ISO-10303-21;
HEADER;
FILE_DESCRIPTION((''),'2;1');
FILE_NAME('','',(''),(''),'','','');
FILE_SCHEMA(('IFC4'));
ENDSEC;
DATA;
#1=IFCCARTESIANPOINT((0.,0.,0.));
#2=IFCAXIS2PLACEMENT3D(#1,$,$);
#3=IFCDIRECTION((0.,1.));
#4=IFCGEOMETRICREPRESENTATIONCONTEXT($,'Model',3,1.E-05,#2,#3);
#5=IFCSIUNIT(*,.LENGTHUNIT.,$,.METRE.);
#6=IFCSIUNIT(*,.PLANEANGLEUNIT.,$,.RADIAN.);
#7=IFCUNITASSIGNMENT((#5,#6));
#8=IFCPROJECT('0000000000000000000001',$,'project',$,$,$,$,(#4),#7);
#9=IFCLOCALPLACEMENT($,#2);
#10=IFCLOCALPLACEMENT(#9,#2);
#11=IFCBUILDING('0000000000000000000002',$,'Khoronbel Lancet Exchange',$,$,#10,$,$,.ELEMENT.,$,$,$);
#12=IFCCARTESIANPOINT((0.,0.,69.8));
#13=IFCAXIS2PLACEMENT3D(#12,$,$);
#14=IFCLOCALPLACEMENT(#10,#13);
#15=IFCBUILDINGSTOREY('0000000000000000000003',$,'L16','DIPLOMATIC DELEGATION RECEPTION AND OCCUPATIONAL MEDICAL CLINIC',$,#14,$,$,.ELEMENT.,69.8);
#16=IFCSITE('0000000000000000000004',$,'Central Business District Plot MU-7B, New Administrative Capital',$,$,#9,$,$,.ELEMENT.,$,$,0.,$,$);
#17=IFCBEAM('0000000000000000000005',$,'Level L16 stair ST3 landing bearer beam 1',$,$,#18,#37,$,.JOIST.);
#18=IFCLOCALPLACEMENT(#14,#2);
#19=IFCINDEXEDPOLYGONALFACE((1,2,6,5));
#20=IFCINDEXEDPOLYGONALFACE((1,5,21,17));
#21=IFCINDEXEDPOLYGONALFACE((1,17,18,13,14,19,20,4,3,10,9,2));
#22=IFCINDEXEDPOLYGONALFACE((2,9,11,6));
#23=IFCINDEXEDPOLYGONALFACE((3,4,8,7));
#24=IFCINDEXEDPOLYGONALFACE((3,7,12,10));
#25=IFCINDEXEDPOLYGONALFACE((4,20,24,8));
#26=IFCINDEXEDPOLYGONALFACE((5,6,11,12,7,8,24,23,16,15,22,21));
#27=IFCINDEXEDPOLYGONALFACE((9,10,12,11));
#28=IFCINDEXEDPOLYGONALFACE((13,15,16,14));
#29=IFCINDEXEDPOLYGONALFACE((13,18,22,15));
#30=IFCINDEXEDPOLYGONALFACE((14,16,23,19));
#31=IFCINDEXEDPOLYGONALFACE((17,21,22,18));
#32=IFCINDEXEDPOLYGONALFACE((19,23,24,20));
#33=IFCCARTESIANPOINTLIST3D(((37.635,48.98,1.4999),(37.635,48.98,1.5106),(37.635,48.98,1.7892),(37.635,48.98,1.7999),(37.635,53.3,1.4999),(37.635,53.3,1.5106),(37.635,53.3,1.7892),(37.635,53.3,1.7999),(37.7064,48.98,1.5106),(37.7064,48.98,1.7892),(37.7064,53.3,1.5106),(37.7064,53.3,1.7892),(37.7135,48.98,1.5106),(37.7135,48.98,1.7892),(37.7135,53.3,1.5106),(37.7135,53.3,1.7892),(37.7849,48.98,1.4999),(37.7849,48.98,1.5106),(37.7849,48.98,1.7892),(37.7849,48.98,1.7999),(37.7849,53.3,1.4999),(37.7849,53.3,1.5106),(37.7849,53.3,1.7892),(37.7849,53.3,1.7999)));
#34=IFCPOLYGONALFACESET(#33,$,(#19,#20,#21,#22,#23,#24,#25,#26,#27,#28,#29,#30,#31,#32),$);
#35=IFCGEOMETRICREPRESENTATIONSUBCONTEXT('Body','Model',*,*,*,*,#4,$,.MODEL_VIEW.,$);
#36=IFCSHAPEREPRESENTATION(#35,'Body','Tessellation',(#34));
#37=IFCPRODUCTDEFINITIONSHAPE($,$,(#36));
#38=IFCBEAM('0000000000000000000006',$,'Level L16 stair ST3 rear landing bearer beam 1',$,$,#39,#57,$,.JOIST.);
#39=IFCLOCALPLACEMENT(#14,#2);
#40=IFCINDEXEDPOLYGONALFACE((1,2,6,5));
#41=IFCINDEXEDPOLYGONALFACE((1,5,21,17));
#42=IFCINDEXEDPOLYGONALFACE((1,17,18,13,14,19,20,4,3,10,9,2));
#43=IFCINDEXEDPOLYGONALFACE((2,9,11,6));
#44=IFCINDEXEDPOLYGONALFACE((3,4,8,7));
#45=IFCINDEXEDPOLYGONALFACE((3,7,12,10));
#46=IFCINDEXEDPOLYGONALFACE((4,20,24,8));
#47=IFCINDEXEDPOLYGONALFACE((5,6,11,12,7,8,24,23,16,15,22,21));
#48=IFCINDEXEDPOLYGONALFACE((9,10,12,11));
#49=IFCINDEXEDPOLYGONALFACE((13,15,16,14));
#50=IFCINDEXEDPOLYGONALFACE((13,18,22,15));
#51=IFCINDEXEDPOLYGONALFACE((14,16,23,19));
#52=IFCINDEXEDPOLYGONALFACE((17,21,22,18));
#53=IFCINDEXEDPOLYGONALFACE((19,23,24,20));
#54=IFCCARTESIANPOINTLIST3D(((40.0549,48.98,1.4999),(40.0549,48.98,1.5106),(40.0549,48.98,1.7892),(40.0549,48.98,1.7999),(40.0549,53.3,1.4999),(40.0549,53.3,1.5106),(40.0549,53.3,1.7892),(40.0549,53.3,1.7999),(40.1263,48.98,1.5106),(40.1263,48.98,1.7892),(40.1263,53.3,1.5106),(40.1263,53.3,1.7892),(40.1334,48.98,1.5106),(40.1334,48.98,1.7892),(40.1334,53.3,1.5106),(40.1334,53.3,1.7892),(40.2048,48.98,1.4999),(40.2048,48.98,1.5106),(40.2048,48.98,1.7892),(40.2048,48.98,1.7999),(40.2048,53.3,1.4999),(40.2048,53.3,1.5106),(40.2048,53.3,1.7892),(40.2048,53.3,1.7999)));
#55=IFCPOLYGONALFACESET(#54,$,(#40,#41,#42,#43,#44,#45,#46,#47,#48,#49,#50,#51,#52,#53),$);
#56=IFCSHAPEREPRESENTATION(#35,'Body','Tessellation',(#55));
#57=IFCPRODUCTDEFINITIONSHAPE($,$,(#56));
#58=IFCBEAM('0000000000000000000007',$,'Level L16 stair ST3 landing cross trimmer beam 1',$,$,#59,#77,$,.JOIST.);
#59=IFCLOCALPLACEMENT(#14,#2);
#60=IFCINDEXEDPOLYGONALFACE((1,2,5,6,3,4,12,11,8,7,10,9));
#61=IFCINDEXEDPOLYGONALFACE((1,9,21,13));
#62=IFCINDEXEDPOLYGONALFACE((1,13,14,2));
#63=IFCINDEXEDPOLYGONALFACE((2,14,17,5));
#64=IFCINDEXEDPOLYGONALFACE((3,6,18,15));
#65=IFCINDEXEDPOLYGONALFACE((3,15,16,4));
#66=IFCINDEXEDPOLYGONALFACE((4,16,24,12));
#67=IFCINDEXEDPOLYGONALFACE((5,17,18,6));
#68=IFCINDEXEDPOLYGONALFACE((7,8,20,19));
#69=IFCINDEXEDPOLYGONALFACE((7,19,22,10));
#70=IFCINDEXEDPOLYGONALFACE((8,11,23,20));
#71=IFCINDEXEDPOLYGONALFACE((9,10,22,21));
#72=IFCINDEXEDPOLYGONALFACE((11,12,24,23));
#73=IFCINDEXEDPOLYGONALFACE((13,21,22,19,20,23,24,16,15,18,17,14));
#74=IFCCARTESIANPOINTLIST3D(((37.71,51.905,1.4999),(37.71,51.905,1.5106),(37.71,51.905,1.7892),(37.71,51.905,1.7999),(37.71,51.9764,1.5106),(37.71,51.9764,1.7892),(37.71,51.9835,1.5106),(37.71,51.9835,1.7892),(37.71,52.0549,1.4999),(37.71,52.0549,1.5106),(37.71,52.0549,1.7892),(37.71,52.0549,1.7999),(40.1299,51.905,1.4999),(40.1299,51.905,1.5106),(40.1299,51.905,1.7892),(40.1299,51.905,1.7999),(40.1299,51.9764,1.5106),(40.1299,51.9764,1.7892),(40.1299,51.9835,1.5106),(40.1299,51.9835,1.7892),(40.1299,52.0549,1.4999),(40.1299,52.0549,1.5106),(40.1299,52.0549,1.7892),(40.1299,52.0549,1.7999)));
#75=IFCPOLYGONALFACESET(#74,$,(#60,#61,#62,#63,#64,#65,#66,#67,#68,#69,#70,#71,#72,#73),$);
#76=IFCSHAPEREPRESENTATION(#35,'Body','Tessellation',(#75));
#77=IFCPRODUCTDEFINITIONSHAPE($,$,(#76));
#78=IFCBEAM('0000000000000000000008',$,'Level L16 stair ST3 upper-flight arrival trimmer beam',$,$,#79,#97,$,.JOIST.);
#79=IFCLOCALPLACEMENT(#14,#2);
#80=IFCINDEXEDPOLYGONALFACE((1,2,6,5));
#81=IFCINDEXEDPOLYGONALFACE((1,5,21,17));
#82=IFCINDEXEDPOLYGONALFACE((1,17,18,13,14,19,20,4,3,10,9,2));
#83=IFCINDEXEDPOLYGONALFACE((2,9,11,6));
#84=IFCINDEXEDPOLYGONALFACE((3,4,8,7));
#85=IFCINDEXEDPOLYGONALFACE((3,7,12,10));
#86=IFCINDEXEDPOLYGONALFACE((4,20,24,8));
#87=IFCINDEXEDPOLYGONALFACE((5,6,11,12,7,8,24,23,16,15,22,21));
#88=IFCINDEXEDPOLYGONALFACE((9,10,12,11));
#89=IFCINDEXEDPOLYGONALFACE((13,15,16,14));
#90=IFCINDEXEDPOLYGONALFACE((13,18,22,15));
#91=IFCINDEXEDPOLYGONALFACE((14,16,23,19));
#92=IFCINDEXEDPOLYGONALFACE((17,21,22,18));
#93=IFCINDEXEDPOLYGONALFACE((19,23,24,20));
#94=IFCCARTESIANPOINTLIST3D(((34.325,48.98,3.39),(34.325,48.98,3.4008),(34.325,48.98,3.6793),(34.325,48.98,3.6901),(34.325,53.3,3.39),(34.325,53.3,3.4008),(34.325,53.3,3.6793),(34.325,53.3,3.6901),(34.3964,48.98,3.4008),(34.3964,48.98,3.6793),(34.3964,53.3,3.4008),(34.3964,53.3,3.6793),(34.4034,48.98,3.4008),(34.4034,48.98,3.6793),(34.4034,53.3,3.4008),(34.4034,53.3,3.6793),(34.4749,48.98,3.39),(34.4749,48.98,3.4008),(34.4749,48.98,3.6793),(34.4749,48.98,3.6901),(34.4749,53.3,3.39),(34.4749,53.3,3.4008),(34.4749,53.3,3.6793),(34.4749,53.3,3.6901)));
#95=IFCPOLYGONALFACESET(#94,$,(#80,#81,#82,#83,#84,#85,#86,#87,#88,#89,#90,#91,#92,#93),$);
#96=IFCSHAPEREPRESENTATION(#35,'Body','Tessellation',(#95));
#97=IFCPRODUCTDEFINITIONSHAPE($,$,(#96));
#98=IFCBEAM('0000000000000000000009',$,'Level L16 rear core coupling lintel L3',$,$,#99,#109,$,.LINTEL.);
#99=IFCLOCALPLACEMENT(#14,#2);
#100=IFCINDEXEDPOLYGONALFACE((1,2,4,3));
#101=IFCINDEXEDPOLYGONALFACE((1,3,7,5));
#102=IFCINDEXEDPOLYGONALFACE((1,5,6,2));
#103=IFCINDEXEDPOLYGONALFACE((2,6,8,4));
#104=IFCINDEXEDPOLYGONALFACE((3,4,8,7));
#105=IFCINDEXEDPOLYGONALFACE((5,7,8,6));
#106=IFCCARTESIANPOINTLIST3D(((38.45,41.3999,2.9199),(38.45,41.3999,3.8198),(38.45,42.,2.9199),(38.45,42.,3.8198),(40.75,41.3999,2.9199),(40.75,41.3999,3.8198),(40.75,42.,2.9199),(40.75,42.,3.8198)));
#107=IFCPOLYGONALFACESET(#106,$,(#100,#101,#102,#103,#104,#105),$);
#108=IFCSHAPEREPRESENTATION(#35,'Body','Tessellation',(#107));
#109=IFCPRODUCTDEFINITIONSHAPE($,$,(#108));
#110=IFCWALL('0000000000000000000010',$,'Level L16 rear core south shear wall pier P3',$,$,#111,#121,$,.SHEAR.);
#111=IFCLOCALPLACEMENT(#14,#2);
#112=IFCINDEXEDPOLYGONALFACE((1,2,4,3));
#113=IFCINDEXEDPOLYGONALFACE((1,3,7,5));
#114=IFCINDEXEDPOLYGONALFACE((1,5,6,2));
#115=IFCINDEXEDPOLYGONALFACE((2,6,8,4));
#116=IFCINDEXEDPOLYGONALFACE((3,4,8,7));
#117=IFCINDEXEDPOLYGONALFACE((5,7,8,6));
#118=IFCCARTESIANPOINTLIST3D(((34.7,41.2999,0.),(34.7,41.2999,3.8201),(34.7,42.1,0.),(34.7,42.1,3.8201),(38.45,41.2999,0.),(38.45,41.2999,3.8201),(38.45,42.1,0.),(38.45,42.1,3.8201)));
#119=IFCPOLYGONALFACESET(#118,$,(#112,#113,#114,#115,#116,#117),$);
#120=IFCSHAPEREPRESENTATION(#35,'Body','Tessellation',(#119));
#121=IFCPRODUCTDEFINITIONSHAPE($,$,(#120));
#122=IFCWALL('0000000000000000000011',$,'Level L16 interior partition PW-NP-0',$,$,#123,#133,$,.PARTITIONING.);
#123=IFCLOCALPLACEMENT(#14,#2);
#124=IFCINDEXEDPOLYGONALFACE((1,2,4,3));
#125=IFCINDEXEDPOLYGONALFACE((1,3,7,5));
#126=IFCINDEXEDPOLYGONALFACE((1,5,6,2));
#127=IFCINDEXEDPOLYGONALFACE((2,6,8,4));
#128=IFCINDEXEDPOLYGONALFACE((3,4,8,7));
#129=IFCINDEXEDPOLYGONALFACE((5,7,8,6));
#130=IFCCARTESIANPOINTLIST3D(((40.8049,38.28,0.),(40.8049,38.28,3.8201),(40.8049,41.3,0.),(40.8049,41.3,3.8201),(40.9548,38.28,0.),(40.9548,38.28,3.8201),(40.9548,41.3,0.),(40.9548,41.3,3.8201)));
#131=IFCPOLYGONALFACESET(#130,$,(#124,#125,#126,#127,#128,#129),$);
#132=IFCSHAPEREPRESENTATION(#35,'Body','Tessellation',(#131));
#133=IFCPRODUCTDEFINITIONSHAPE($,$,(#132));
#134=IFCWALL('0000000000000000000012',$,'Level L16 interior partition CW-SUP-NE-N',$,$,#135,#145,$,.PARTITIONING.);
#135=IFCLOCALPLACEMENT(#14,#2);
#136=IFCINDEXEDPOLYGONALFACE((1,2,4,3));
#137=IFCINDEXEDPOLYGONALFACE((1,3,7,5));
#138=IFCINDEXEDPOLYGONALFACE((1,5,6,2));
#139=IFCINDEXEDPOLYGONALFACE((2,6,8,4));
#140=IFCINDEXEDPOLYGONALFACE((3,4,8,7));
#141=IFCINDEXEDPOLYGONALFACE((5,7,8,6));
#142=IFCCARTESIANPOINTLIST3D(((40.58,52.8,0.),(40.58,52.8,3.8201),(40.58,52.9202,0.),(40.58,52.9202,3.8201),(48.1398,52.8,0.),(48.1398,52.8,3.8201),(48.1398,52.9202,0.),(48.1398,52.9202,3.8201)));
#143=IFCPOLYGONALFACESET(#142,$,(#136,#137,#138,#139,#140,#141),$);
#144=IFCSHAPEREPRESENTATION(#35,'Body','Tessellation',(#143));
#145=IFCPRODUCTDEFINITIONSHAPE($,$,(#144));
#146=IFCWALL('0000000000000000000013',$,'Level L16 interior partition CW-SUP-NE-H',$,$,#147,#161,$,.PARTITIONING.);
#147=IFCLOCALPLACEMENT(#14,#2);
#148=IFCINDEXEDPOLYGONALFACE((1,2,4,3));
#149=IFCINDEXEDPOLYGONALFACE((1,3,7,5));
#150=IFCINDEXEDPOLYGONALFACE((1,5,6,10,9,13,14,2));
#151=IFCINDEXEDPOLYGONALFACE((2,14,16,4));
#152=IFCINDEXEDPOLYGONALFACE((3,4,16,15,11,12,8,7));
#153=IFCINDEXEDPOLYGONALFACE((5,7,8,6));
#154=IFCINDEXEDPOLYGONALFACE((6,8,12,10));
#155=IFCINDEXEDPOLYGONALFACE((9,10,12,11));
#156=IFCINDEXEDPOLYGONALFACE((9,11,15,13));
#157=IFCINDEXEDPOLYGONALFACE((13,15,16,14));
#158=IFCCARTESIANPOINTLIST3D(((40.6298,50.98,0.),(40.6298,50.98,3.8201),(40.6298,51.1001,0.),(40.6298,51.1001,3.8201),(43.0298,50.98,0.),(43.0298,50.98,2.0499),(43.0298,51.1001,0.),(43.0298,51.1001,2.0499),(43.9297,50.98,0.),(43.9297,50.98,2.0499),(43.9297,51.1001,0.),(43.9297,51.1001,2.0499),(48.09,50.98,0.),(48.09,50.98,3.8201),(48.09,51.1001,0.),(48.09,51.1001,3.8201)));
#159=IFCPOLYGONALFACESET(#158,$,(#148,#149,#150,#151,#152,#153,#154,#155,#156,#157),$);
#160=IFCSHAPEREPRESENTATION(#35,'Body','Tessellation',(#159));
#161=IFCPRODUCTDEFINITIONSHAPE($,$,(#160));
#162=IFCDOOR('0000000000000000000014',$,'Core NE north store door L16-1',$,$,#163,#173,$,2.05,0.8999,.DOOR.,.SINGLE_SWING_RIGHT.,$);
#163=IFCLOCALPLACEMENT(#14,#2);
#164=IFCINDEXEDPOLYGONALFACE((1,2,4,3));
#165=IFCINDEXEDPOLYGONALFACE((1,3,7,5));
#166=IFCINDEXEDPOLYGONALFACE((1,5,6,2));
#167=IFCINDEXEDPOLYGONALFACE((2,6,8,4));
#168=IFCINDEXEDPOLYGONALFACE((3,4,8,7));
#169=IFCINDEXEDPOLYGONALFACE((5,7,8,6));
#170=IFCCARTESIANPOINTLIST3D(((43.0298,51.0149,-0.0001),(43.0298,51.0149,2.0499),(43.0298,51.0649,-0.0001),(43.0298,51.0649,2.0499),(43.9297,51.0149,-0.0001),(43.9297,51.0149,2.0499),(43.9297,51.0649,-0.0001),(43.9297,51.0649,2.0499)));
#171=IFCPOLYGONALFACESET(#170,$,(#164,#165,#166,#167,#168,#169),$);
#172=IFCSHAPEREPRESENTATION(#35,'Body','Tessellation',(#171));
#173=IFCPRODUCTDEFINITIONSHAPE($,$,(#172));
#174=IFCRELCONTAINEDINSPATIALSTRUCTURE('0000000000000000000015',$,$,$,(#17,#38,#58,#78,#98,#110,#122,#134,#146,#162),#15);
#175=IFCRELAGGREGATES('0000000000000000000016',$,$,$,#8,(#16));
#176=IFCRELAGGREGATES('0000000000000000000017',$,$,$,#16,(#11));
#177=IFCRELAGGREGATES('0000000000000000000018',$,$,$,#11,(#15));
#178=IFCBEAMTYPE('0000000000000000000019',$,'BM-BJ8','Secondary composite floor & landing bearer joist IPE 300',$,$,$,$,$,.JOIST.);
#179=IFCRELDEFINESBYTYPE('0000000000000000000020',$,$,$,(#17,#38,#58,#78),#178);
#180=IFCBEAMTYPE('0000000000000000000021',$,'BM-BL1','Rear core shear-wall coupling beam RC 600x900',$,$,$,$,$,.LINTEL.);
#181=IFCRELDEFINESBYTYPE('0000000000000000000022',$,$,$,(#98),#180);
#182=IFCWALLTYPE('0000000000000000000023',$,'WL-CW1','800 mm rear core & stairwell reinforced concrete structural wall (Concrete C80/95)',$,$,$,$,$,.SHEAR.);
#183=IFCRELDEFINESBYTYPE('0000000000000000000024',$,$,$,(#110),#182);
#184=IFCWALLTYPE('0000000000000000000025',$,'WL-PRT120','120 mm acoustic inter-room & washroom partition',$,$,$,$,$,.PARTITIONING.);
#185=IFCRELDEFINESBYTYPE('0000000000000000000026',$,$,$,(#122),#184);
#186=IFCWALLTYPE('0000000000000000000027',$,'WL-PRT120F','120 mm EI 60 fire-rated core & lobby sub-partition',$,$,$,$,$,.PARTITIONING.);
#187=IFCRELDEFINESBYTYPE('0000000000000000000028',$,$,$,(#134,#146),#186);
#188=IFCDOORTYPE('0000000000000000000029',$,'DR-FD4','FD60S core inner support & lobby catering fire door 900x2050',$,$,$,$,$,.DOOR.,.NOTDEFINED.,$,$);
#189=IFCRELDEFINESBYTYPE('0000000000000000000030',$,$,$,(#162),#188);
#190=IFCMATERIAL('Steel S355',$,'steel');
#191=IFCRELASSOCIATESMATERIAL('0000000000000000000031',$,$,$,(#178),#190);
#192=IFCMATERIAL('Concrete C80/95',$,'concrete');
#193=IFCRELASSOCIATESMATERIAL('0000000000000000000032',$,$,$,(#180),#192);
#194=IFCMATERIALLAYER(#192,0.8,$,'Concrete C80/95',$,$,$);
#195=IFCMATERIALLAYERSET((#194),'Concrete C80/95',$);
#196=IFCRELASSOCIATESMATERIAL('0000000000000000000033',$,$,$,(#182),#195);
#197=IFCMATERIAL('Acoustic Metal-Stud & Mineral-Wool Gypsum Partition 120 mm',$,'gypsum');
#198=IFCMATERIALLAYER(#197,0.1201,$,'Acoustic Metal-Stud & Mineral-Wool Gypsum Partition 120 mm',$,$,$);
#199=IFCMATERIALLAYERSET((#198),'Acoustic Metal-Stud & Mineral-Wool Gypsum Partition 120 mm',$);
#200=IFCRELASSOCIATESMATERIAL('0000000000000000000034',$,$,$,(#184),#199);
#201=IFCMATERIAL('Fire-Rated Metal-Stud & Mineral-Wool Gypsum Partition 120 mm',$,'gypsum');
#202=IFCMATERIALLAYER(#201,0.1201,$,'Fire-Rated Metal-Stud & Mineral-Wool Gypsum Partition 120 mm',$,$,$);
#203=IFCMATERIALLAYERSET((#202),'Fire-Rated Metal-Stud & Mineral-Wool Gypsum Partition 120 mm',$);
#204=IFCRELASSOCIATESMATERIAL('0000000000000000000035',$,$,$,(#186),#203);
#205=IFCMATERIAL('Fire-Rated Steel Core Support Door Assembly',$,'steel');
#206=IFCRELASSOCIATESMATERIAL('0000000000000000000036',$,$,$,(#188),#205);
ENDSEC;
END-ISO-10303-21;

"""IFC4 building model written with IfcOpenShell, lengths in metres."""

from ifc_helpers import new_model, si_unit, direction, frame, frame_2d, origin, origin_2d, place, context, subcontext, project, spatial, rectangle, i_section, extrude, material, layer, layer_set, material_profile, profile_set, type_object, element, fill, save


model = new_model("IFC4")

# Units and contexts
model_context = context("Model", 3, precision=1e-05, world=origin(), true_north=direction((0.0, 1.0)))
body_context = subcontext(model_context, "Body", "Model", "MODEL_VIEW")
ifc_project = project(units=[si_unit("LENGTHUNIT", "METRE"), si_unit("PLANEANGLEUNIT", "RADIAN")], contexts=[model_context])

# Site, building, storey
site_placement = place(None, origin())
site = spatial("IfcSite", under=ifc_project, at=site_placement, Name="Central Business District Plot MU-7B, New Administrative Capital", CompositionType="ELEMENT", RefElevation=0.0)
building_placement = place(site_placement, origin())
building = spatial("IfcBuilding", under=site, at=building_placement, Name="Khoronbel Lancet Exchange", CompositionType="ELEMENT")
storey_placement = place(building_placement, frame((0.0, 0.0, 69.8)))
storey = spatial("IfcBuildingStorey", under=building, at=storey_placement, Name="L16", Description="DIPLOMATIC DELEGATION RECEPTION AND OCCUPATIONAL MEDICAL CLINIC", CompositionType="ELEMENT", Elevation=69.8)

# Beams
ifc_material_1 = material(Name="Steel S355", Category="steel")
ifc_material_profile_1 = material_profile(ifc_material_1, i_section(OverallWidth=0.1499, OverallDepth=0.3, WebThickness=0.0071, FlangeThickness=0.0107, at=origin_2d()), Name="IPE 300")
ifc_profile_set_1 = profile_set([ifc_material_profile_1], Name="Steel S355")
beam_type_1 = type_object("IfcBeamType", Name="BM-BJ8", Description="Secondary composite floor & landing bearer joist IPE 300", PredefinedType="JOIST", material=ifc_profile_set_1)
for number, where, z_axis, x_axis, name in (
    (1, (37.71, 48.98, 1.6499), (0.0, 1.0, 0.0), (-1.0, 0.0, 0.0), "Level L16 stair ST3 landing bearer beam 1"),
    (2, (40.1299, 48.98, 1.6499), (0.0, 1.0, 0.0), (-1.0, 0.0, 0.0), "Level L16 stair ST3 rear landing bearer beam 1"),
):
    element("IfcBeam", number, at=place(storey_placement, frame(where, z_axis=z_axis, x_axis=x_axis)), inside=storey, type_object=beam_type_1, Name=name, PredefinedType="JOIST", context=body_context, shape_type="SweptSolid", body=[
        extrude(i_section(OverallWidth=0.1499, OverallDepth=0.3, WebThickness=0.0071, FlangeThickness=0.0107, at=origin_2d()), origin(), (0.0, 0.0, 1.0), 4.3201),
    ])
beam_1_placement = place(storey_placement, frame((37.71, 51.98, 1.6499), z_axis=(1.0, 0.0, 0.0), x_axis=(0.0, 1.0, 0.0)))
element("IfcBeam", 3, at=beam_1_placement, inside=storey, type_object=beam_type_1, Name="Level L16 stair ST3 landing cross trimmer beam 1", PredefinedType="JOIST", context=body_context, shape_type="SweptSolid", body=[
    extrude(i_section(OverallWidth=0.1499, OverallDepth=0.3, WebThickness=0.0071, FlangeThickness=0.0107, at=origin_2d()), origin(), (0.0, 0.0, 1.0), 2.4199),
])
beam_2_placement = place(storey_placement, frame((34.3999, 48.98, 3.54), z_axis=(0.0, 1.0, 0.0), x_axis=(-1.0, 0.0, 0.0)))
element("IfcBeam", 4, at=beam_2_placement, inside=storey, type_object=beam_type_1, Name="Level L16 stair ST3 upper-flight arrival trimmer beam", PredefinedType="JOIST", context=body_context, shape_type="SweptSolid", body=[
    extrude(i_section(OverallWidth=0.1499, OverallDepth=0.3, WebThickness=0.0071, FlangeThickness=0.0107, at=origin_2d()), origin(), (0.0, 0.0, 1.0), 4.3201),
])
ifc_material_2 = material(Name="Concrete C80/95", Category="concrete")
ifc_material_profile_2 = material_profile(ifc_material_2, rectangle(XDim=0.6001, YDim=0.8999, at=origin_2d()), Name="RC 600x900")
ifc_profile_set_2 = profile_set([ifc_material_profile_2], Name="Concrete C80/95")
beam_type_2 = type_object("IfcBeamType", Name="BM-BL1", Description="Rear core shear-wall coupling beam RC 600x900", PredefinedType="LINTEL", material=ifc_profile_set_2)
beam_3_placement = place(storey_placement, frame((38.45, 41.7, 3.3699), z_axis=(1.0, 0.0, 0.0), x_axis=(0.0, 1.0, 0.0)))
element("IfcBeam", 5, at=beam_3_placement, inside=storey, type_object=beam_type_2, Name="Level L16 rear core coupling lintel L3", PredefinedType="LINTEL", context=body_context, shape_type="SweptSolid", body=[
    extrude(rectangle(XDim=0.6001, YDim=0.8999, at=origin_2d()), origin(), (0.0, 0.0, 1.0), 2.3),
])

# Walls
ifc_layer_1 = layer(ifc_material_2, 0.8, Name="Concrete C80/95")
ifc_layer_set_1 = layer_set([ifc_layer_1], Name="Concrete C80/95")
wall_type_1 = type_object("IfcWallType", Name="WL-CW1", Description="800 mm rear core & stairwell reinforced concrete structural wall (Concrete C80/95)", PredefinedType="SHEAR", material=ifc_layer_set_1)
wall_1_placement = place(storey_placement, frame((38.45, 41.7, 0.0), z_axis=(0.0, 0.0, 1.0), x_axis=(-1.0, 0.0, 0.0)))
element("IfcWall", 6, at=wall_1_placement, inside=storey, type_object=wall_type_1, Name="Level L16 rear core south shear wall pier P3", PredefinedType="SHEAR", context=body_context, shape_type="SweptSolid", body=[
    extrude(rectangle(XDim=3.75, YDim=0.8, at=frame_2d((1.875, 0.0))), origin(), (0.0, 0.0, 1.0), 3.8201),
])
ifc_material_3 = material(Name="Acoustic Metal-Stud & Mineral-Wool Gypsum Partition 120 mm", Category="gypsum")
ifc_layer_2 = layer(ifc_material_3, 0.1201, Name="Acoustic Metal-Stud & Mineral-Wool Gypsum Partition 120 mm")
ifc_layer_set_2 = layer_set([ifc_layer_2], Name="Acoustic Metal-Stud & Mineral-Wool Gypsum Partition 120 mm")
wall_type_2 = type_object("IfcWallType", Name="WL-PRT120", Description="120 mm acoustic inter-room & washroom partition", PredefinedType="PARTITIONING", material=ifc_layer_set_2)
wall_2_placement = place(storey_placement, frame((40.8799, 38.28, 0.0), z_axis=(0.0, 0.0, 1.0), x_axis=(0.0, 1.0, 0.0)))
element("IfcWall", 7, at=wall_2_placement, inside=storey, type_object=wall_type_2, Name="Level L16 interior partition PW-NP-0", PredefinedType="PARTITIONING", context=body_context, shape_type="SweptSolid", body=[
    extrude(rectangle(XDim=3.02, YDim=0.1499, at=frame_2d((1.51, 0.0))), origin(), (0.0, 0.0, 1.0), 3.8201),
])
ifc_material_4 = material(Name="Fire-Rated Metal-Stud & Mineral-Wool Gypsum Partition 120 mm", Category="gypsum")
ifc_layer_3 = layer(ifc_material_4, 0.1201, Name="Fire-Rated Metal-Stud & Mineral-Wool Gypsum Partition 120 mm")
ifc_layer_set_3 = layer_set([ifc_layer_3], Name="Fire-Rated Metal-Stud & Mineral-Wool Gypsum Partition 120 mm")
wall_type_3 = type_object("IfcWallType", Name="WL-PRT120F", Description="120 mm EI 60 fire-rated core & lobby sub-partition", PredefinedType="PARTITIONING", material=ifc_layer_set_3)
wall_3_placement = place(storey_placement, frame((40.5801, 52.8601, 0.0), z_axis=(0.0, 0.0, 1.0), x_axis=(1.0, 0.0, 0.0)))
element("IfcWall", 8, at=wall_3_placement, inside=storey, type_object=wall_type_3, Name="Level L16 interior partition CW-SUP-NE-N", PredefinedType="PARTITIONING", context=body_context, shape_type="SweptSolid", body=[
    extrude(rectangle(XDim=7.5598, YDim=0.1201, at=frame_2d((3.7798, 0.0))), origin(), (0.0, 0.0, 1.0), 3.8201),
])

# Wall, opening, door
wall_4_placement = place(storey_placement, frame((40.6299, 51.04, 0.0), z_axis=(0.0, 0.0, 1.0), x_axis=(1.0, 0.0, 0.0)))
wall_4 = element("IfcWall", 9, at=wall_4_placement, inside=storey, type_object=wall_type_3, Name="Level L16 interior partition CW-SUP-NE-H", PredefinedType="PARTITIONING", context=body_context, shape_type="SweptSolid", body=[
    extrude(rectangle(XDim=7.4602, YDim=0.1201, at=frame_2d((3.73, 0.0))), origin(), (0.0, 0.0, 1.0), 3.8201),
])
opening_1_placement = place(wall_4_placement, frame((2.3999, 0.0, 0.0)))
opening_1 = element("IfcOpeningElement", 10, at=opening_1_placement, cuts=wall_4, PredefinedType="OPENING", context=body_context, shape_type="SweptSolid", body=[
    extrude(rectangle(XDim=0.8999, YDim=2.05, at=frame_2d((0.45, 1.0249))), frame((0.0, 0.0701, 0.0), z_axis=(0.0, -1.0, 0.0), x_axis=(1.0, 0.0, 0.0)), (0.0, 0.0, 1.0), 0.1401),
])
ifc_material_5 = material(Name="Fire-Rated Steel Core Support Door Assembly", Category="steel")
door_type_1 = type_object("IfcDoorType", Name="DR-FD4", Description="FD60S core inner support & lobby catering fire door 900x2050", OperationType="NOTDEFINED", PredefinedType="DOOR", material=ifc_material_5)
door_1_placement = place(opening_1_placement, origin())
door_1 = element("IfcDoor", 11, at=door_1_placement, inside=storey, type_object=door_type_1, Name="Core NE north store door L16-1", OperationType="SINGLE_SWING_RIGHT", OverallHeight=2.05, OverallWidth=0.8999, PredefinedType="DOOR", context=body_context, shape_type="SweptSolid", body=[
    extrude(rectangle(XDim=0.8999, YDim=2.05, at=frame_2d((0.45, 1.0249))), frame((0.0, 0.0249, 0.0), z_axis=(0.0, -1.0, 0.0), x_axis=(1.0, 0.0, 0.0)), (0.0, 0.0, 1.0), 0.05),
])
fill(opening_1, door_1)

save(model, "model.ifc")
